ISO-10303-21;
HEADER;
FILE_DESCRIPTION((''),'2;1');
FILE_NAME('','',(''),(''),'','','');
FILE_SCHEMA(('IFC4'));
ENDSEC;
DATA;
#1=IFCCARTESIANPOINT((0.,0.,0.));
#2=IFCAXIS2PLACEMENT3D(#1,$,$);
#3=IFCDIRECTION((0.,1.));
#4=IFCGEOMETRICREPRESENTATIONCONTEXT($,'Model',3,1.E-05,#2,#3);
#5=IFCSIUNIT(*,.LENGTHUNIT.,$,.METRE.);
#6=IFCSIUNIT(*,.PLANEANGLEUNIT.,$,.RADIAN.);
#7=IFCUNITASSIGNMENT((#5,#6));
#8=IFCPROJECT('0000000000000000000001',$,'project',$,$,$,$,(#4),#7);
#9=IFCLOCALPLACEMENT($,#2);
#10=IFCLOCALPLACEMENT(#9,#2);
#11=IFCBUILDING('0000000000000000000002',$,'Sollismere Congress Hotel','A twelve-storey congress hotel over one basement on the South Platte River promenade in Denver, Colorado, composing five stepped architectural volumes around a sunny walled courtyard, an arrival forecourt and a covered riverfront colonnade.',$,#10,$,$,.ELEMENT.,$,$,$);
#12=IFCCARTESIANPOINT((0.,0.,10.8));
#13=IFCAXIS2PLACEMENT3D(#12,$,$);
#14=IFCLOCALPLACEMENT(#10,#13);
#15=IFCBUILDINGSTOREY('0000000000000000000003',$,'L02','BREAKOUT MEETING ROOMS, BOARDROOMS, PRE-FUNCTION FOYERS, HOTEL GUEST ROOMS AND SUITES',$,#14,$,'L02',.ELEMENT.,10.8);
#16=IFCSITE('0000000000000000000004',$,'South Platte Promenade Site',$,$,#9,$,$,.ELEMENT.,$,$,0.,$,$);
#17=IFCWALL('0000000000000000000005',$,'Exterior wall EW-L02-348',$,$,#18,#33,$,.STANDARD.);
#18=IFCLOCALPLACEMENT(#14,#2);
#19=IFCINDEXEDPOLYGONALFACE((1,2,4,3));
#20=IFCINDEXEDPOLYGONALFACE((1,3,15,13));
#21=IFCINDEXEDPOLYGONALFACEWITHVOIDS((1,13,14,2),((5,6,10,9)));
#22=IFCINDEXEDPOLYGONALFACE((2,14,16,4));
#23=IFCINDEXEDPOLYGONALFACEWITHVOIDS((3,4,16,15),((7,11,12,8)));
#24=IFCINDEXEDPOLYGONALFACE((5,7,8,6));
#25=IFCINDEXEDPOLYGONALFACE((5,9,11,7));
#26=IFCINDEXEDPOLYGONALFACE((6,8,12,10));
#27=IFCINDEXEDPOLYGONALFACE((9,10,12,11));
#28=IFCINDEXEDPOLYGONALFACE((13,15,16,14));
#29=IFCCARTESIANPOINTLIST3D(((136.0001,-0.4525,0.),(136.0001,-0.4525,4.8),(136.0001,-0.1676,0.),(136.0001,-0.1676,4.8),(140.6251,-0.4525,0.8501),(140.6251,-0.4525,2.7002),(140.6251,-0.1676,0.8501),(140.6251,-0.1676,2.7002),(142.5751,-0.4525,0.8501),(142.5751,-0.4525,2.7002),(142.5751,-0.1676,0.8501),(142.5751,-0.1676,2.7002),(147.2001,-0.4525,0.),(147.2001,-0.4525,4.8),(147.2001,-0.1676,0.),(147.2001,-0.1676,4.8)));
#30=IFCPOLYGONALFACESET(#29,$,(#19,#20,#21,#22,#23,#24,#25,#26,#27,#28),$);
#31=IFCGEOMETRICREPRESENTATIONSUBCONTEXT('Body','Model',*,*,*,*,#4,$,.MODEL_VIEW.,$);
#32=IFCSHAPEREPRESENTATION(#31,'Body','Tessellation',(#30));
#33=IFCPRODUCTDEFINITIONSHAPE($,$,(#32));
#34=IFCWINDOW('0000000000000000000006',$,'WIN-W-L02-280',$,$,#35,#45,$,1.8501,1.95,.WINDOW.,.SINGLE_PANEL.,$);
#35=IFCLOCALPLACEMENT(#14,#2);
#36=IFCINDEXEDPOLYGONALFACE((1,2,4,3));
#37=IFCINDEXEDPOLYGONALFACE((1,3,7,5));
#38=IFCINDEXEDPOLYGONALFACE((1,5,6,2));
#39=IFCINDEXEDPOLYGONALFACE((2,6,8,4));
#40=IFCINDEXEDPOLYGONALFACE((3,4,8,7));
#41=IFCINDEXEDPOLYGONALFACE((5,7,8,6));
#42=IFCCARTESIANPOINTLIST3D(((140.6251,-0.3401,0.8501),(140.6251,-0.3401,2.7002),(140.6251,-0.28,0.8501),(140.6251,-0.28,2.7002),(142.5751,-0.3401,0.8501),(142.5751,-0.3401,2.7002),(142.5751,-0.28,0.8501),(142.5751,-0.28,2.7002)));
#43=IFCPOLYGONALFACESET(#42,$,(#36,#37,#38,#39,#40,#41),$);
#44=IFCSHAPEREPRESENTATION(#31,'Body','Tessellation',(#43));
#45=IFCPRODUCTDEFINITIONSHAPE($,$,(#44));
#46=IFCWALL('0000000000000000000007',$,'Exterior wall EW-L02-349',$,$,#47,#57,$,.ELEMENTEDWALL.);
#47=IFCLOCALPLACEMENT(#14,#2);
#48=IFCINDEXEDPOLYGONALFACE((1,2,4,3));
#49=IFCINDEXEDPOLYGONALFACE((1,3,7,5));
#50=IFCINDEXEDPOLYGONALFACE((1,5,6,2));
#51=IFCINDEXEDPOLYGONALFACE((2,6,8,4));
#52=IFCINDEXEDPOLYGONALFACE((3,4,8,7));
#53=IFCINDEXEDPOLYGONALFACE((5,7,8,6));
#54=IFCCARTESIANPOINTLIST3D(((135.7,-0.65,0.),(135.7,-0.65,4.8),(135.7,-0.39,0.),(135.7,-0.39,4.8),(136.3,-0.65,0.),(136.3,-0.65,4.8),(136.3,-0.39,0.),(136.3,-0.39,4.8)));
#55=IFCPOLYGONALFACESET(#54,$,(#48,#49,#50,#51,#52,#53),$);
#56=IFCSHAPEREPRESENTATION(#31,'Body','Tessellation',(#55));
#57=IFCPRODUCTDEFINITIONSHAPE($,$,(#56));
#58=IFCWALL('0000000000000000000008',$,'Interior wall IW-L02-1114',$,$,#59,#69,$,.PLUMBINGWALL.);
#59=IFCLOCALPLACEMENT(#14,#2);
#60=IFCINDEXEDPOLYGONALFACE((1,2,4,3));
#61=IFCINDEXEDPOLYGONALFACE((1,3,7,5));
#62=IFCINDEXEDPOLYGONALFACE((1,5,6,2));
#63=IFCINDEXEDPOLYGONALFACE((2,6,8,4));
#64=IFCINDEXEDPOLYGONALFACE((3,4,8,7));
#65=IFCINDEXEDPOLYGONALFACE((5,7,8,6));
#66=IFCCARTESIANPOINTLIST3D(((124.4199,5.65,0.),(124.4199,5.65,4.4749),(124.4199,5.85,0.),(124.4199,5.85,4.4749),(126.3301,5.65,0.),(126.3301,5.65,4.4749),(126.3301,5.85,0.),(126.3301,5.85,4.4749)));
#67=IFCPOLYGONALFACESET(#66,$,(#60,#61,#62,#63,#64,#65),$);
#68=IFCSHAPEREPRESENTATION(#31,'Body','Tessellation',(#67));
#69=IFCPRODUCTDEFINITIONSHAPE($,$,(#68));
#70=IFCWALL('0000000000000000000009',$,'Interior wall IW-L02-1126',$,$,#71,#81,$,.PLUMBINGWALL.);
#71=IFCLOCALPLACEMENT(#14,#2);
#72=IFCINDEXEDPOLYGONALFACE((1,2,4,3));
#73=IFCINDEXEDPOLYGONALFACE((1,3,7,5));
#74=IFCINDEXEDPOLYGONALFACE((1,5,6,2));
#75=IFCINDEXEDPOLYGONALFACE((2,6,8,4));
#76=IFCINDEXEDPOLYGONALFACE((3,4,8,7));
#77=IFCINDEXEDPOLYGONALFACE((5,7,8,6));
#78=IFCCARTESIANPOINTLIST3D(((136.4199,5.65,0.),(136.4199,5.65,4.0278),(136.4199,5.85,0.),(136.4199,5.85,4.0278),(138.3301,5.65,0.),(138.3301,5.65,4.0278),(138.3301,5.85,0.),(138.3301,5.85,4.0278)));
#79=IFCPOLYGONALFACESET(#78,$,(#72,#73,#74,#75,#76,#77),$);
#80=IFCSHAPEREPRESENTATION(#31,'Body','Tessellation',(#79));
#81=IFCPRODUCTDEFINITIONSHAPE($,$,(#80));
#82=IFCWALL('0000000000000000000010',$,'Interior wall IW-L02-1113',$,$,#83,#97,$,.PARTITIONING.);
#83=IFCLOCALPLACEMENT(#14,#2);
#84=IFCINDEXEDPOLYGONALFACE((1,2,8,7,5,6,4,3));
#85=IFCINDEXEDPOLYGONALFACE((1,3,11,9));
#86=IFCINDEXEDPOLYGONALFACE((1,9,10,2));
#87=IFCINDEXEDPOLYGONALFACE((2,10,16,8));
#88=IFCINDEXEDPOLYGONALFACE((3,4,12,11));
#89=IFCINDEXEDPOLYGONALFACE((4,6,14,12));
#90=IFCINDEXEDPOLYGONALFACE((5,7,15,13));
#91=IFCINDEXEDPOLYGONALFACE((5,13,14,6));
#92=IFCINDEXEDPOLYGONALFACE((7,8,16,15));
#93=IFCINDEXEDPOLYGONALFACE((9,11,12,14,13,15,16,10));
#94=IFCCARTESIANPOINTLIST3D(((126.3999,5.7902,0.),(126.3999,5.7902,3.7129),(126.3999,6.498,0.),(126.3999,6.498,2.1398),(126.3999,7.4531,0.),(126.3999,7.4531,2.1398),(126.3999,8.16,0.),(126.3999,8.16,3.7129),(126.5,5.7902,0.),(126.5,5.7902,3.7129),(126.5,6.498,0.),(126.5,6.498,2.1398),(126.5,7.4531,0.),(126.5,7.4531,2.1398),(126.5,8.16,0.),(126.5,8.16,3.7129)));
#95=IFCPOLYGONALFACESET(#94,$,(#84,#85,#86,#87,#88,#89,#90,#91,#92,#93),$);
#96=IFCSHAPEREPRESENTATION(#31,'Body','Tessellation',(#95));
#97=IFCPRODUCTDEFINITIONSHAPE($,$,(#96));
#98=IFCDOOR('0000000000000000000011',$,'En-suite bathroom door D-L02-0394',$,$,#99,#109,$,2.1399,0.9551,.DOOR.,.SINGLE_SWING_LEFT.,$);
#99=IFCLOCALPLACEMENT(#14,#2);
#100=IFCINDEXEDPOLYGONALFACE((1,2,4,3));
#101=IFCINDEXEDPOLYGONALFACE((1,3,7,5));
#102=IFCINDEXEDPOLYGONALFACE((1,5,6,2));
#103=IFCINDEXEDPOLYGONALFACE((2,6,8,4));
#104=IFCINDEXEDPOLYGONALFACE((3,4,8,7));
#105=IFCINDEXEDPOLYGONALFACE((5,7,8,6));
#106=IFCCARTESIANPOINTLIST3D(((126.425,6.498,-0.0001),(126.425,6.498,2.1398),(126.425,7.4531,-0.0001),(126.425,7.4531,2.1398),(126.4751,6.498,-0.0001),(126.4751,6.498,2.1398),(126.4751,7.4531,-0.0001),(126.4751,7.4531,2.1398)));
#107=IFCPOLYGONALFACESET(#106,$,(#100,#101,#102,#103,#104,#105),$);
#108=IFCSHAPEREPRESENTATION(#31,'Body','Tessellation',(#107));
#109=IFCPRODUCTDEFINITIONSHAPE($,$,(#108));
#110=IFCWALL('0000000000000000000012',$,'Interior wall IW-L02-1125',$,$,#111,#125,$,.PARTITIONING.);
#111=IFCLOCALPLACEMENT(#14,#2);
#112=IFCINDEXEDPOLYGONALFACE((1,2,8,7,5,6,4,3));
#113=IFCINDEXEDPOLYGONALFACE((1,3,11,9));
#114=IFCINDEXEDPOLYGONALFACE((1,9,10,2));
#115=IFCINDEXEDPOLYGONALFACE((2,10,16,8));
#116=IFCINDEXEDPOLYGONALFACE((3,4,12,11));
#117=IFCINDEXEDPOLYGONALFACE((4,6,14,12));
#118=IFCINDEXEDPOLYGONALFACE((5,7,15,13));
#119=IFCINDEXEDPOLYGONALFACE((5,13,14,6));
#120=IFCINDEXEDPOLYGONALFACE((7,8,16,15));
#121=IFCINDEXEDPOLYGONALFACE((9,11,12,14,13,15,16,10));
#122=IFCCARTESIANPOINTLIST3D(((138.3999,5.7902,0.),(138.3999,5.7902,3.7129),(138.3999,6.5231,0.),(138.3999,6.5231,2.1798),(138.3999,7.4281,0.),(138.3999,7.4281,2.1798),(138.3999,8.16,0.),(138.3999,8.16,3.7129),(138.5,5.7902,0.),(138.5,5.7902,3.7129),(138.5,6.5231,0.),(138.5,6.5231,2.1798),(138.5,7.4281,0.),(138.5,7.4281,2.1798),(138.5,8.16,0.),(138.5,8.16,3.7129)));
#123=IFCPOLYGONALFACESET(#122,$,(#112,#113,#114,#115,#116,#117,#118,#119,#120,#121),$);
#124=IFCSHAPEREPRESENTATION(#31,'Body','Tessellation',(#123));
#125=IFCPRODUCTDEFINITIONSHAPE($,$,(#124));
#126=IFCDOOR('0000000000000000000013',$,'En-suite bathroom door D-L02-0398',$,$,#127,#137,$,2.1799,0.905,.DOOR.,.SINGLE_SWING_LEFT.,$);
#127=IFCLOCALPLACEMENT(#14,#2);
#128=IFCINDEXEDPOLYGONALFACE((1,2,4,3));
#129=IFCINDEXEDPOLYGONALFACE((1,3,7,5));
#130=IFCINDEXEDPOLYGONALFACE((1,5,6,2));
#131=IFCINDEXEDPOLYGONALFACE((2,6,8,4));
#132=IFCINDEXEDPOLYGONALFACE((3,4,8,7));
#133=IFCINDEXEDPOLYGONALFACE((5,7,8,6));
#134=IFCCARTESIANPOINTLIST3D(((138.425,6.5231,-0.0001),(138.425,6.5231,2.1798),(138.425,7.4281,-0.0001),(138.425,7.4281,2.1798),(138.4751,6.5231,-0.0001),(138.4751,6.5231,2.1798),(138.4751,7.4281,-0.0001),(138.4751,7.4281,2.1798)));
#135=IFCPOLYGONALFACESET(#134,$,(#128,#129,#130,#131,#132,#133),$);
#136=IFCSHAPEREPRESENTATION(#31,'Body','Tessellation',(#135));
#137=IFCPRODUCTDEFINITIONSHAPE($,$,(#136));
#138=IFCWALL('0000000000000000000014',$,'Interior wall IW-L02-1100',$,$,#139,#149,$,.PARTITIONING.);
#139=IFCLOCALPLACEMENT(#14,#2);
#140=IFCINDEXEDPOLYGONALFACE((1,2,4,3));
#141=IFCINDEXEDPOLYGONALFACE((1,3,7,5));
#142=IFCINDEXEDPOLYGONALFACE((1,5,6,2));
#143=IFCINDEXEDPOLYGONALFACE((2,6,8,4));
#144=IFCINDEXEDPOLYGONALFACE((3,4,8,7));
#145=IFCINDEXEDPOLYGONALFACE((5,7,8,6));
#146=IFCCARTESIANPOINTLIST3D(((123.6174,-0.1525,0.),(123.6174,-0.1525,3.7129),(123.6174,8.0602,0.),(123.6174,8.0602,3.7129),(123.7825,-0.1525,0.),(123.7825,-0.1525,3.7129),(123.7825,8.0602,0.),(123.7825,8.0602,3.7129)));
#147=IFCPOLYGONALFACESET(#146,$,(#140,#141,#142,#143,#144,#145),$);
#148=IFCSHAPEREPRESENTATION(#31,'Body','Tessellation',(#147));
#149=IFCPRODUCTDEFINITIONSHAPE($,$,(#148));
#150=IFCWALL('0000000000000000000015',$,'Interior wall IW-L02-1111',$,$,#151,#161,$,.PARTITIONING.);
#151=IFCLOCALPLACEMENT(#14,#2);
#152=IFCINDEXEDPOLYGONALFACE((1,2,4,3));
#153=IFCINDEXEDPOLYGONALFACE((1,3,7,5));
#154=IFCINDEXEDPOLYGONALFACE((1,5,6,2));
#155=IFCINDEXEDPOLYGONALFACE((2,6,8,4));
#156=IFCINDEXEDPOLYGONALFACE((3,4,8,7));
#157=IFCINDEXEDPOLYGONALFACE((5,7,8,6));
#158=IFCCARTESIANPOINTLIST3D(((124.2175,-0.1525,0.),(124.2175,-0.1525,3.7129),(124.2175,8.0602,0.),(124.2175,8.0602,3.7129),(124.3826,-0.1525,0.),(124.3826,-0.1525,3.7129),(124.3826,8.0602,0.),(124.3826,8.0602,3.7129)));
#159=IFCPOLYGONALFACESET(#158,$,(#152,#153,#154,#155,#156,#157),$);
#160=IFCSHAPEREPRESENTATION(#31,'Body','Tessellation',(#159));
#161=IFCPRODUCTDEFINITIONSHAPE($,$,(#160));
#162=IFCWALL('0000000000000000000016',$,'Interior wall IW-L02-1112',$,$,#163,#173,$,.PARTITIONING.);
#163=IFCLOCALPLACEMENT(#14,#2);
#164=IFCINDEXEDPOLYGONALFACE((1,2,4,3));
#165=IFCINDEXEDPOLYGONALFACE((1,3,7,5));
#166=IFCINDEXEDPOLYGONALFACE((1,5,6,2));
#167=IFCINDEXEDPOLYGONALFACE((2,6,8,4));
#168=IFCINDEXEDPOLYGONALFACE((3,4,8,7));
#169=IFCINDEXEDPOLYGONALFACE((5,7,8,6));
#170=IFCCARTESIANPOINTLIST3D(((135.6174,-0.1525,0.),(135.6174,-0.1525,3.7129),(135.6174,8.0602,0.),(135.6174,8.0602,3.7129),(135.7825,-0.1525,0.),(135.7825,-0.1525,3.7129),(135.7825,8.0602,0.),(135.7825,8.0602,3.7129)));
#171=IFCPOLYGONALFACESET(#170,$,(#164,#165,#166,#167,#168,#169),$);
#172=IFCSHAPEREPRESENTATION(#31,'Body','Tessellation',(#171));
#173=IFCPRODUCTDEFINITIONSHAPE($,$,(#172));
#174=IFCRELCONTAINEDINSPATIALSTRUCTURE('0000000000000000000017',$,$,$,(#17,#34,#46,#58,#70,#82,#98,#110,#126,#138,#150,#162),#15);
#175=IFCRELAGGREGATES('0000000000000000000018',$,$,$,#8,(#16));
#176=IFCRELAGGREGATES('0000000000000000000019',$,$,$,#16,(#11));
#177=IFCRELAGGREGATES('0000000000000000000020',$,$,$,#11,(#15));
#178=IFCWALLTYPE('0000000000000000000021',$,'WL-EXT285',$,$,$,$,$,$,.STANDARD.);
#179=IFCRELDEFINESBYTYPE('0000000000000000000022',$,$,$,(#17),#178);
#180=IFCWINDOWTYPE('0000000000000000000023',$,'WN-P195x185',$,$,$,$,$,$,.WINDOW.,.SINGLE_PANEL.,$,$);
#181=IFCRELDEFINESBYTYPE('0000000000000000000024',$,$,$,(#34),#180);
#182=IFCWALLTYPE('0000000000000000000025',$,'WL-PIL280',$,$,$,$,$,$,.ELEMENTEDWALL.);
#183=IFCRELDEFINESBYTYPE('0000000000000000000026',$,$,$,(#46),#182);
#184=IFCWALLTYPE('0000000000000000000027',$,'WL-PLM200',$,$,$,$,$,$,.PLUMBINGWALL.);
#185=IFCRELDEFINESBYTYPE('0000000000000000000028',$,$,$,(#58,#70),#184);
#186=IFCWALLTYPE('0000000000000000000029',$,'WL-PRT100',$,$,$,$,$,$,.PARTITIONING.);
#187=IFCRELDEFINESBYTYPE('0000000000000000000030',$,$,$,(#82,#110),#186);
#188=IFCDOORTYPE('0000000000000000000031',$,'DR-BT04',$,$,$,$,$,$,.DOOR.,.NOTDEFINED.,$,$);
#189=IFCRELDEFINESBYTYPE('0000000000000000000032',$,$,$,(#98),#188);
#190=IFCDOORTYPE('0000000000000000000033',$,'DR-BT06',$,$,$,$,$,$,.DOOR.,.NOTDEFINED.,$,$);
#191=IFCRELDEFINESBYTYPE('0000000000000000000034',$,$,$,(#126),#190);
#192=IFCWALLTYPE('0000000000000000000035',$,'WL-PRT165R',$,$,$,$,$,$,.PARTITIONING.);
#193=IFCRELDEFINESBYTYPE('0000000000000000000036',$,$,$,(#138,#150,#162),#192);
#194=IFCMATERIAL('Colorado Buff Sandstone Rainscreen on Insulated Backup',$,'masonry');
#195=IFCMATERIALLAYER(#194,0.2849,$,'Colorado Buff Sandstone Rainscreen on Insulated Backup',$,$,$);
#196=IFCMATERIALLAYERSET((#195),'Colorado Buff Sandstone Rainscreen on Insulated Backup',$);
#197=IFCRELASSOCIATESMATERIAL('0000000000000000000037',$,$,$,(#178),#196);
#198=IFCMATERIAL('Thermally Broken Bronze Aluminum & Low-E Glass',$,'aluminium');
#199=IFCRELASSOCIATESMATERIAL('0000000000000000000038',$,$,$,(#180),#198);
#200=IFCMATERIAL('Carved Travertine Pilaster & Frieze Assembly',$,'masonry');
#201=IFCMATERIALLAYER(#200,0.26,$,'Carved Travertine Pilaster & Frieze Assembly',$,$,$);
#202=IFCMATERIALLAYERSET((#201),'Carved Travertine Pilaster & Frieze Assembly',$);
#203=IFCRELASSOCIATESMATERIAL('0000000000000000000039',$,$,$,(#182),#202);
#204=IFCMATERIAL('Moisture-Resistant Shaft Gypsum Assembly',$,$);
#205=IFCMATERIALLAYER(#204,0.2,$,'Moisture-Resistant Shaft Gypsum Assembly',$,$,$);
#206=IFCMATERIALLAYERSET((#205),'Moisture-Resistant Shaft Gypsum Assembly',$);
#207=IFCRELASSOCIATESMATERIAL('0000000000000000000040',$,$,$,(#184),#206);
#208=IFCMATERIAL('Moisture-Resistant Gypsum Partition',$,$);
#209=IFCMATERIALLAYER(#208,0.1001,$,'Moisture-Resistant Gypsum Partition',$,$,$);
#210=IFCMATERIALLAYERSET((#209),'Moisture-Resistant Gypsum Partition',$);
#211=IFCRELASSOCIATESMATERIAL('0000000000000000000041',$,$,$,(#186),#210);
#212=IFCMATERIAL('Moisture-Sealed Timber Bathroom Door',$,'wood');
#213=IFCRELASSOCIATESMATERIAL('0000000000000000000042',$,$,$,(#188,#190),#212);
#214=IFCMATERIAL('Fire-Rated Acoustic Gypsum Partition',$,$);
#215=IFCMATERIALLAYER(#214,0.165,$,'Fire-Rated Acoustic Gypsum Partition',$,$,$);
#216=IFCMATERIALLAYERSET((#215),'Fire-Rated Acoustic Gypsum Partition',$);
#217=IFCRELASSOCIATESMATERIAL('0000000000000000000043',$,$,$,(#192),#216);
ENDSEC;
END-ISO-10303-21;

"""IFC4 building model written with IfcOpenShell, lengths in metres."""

from ifc_helpers import new_model, si_unit, direction, frame, frame_2d, origin, place, context, subcontext, project, spatial, rectangle, extrude, material, layer, layer_set, type_object, element, fill, save


model = new_model("IFC4")

# Units and contexts
model_context = context("Model", 3, precision=1e-05, world=origin(), true_north=direction((0.0, 1.0)))
body_context = subcontext(model_context, "Body", "Model", "MODEL_VIEW")
ifc_project = project(units=[si_unit("LENGTHUNIT", "METRE"), si_unit("PLANEANGLEUNIT", "RADIAN")], contexts=[model_context])

# Site, building, storey
site_placement = place(None, origin())
site = spatial("IfcSite", under=ifc_project, at=site_placement, Name="South Platte Promenade Site", CompositionType="ELEMENT", RefElevation=0.0)
building_placement = place(site_placement, origin())
building = spatial("IfcBuilding", under=site, at=building_placement, Name="Sollismere Congress Hotel", Description="A twelve-storey congress hotel over one basement on the South Platte River promenade in Denver, Colorado, composing five stepped architectural volumes around a sunny walled courtyard, an arrival forecourt and a covered riverfront colonnade.", CompositionType="ELEMENT")
storey_placement = place(building_placement, frame((0.0, 0.0, 10.8)))
storey = spatial("IfcBuildingStorey", under=building, at=storey_placement, Name="L02", Description="BREAKOUT MEETING ROOMS, BOARDROOMS, PRE-FUNCTION FOYERS, HOTEL GUEST ROOMS AND SUITES", LongName="L02", CompositionType="ELEMENT", Elevation=10.8)

# Wall, opening, window
ifc_material_1 = material(Name="Colorado Buff Sandstone Rainscreen on Insulated Backup", Category="masonry")
ifc_layer_1 = layer(ifc_material_1, 0.2849, Name="Colorado Buff Sandstone Rainscreen on Insulated Backup")
ifc_layer_set_1 = layer_set([ifc_layer_1], Name="Colorado Buff Sandstone Rainscreen on Insulated Backup")
wall_type_1 = type_object("IfcWallType", Name="WL-EXT285", PredefinedType="STANDARD", material=ifc_layer_set_1)
ifc_material_2 = material(Name="Thermally Broken Bronze Aluminum & Low-E Glass", Category="aluminium")
wall_1_placement = place(storey_placement, frame((136.0, -0.3101, 0.0), z_axis=(0.0, 0.0, 1.0), x_axis=(1.0, 0.0, 0.0)))
wall_1 = element("IfcWall", 1, at=wall_1_placement, inside=storey, type_object=wall_type_1, Name="Exterior wall EW-L02-348", PredefinedType="STANDARD", context=body_context, shape_type="SweptSolid", body=[
    extrude(rectangle(XDim=11.2, YDim=0.2849, at=frame_2d((5.6001, 0.0))), origin(), (0.0, 0.0, 1.0), 4.8),
])
opening_1_placement = place(wall_1_placement, frame((4.625, 0.0, 0.8501)))
opening_1 = element("IfcOpeningElement", 2, at=opening_1_placement, cuts=wall_1, PredefinedType="OPENING", context=body_context, shape_type="SweptSolid", body=[
    extrude(rectangle(XDim=1.95, YDim=1.8501, at=frame_2d((0.9751, 0.925))), frame((0.0, 0.1523, 0.0), z_axis=(0.0, -1.0, 0.0), x_axis=(1.0, 0.0, 0.0)), (0.0, 0.0, 1.0), 0.3049),
])
window_type_1 = type_object("IfcWindowType", Name="WN-P195x185", PartitioningType="SINGLE_PANEL", PredefinedType="WINDOW", material=ifc_material_2)
window_1_placement = place(opening_1_placement, origin())
window_1 = element("IfcWindow", 3, at=window_1_placement, inside=storey, type_object=window_type_1, Name="WIN-W-L02-280", OverallHeight=1.8501, OverallWidth=1.95, PartitioningType="SINGLE_PANEL", PredefinedType="WINDOW", context=body_context, shape_type="SweptSolid", body=[
    extrude(rectangle(XDim=1.95, YDim=1.8501, at=frame_2d((0.9751, 0.925))), frame((0.0, 0.03, 0.0), z_axis=(0.0, -1.0, 0.0), x_axis=(1.0, 0.0, 0.0)), (0.0, 0.0, 1.0), 0.0601),
])
fill(opening_1, window_1)

# Walls
ifc_material_3 = material(Name="Carved Travertine Pilaster & Frieze Assembly", Category="masonry")
ifc_layer_2 = layer(ifc_material_3, 0.26, Name="Carved Travertine Pilaster & Frieze Assembly")
ifc_layer_set_2 = layer_set([ifc_layer_2], Name="Carved Travertine Pilaster & Frieze Assembly")
wall_type_2 = type_object("IfcWallType", Name="WL-PIL280", PredefinedType="ELEMENTEDWALL", material=ifc_layer_set_2)
wall_2_placement = place(storey_placement, frame((135.7, -0.52, 0.0), z_axis=(0.0, 0.0, 1.0), x_axis=(1.0, 0.0, 0.0)))
element("IfcWall", 4, at=wall_2_placement, inside=storey, type_object=wall_type_2, Name="Exterior wall EW-L02-349", PredefinedType="ELEMENTEDWALL", context=body_context, shape_type="SweptSolid", body=[
    extrude(rectangle(XDim=0.6001, YDim=0.26, at=frame_2d((0.3, 0.0))), origin(), (0.0, 0.0, 1.0), 4.8),
])
ifc_material_4 = material(Name="Moisture-Resistant Shaft Gypsum Assembly")
ifc_layer_3 = layer(ifc_material_4, 0.2, Name="Moisture-Resistant Shaft Gypsum Assembly")
ifc_layer_set_3 = layer_set([ifc_layer_3], Name="Moisture-Resistant Shaft Gypsum Assembly")
wall_type_3 = type_object("IfcWallType", Name="WL-PLM200", PredefinedType="PLUMBINGWALL", material=ifc_layer_set_3)
wall_3_placement = place(storey_placement, frame((124.4199, 5.75, 0.0), z_axis=(0.0, 0.0, 1.0), x_axis=(1.0, 0.0, 0.0)))
element("IfcWall", 5, at=wall_3_placement, inside=storey, type_object=wall_type_3, Name="Interior wall IW-L02-1114", PredefinedType="PLUMBINGWALL", context=body_context, shape_type="SweptSolid", body=[
    extrude(rectangle(XDim=1.9102, YDim=0.2, at=frame_2d((0.9551, 0.0))), origin(), (0.0, 0.0, 1.0), 4.4749),
])
wall_4_placement = place(storey_placement, frame((136.4199, 5.75, 0.0), z_axis=(0.0, 0.0, 1.0), x_axis=(1.0, 0.0, 0.0)))
element("IfcWall", 6, at=wall_4_placement, inside=storey, type_object=wall_type_3, Name="Interior wall IW-L02-1126", PredefinedType="PLUMBINGWALL", context=body_context, shape_type="SweptSolid", body=[
    extrude(rectangle(XDim=1.9102, YDim=0.2, at=frame_2d((0.9551, 0.0))), origin(), (0.0, 0.0, 1.0), 4.0278),
])

# Walls, openings, doors
ifc_material_5 = material(Name="Moisture-Resistant Gypsum Partition")
ifc_layer_4 = layer(ifc_material_5, 0.1001, Name="Moisture-Resistant Gypsum Partition")
ifc_layer_set_4 = layer_set([ifc_layer_4], Name="Moisture-Resistant Gypsum Partition")
wall_type_4 = type_object("IfcWallType", Name="WL-PRT100", PredefinedType="PARTITIONING", material=ifc_layer_set_4)
wall_5_placement = place(storey_placement, frame((126.45, 5.79, 0.0), z_axis=(0.0, 0.0, 1.0), x_axis=(0.0, 1.0, 0.0)))
wall_5 = element("IfcWall", 7, at=wall_5_placement, inside=storey, type_object=wall_type_4, Name="Interior wall IW-L02-1113", PredefinedType="PARTITIONING", context=body_context, shape_type="SweptSolid", body=[
    extrude(rectangle(XDim=2.3699, YDim=0.1001, at=frame_2d((1.1851, 0.0))), origin(), (0.0, 0.0, 1.0), 3.7129),
])
opening_2_placement = place(wall_5_placement, frame((0.708, 0.0, 0.0)))
opening_2 = element("IfcOpeningElement", 8, at=opening_2_placement, cuts=wall_5, PredefinedType="OPENING", context=body_context, shape_type="SweptSolid", body=[
    extrude(rectangle(XDim=0.9551, YDim=2.1399, at=frame_2d((0.4775, 1.0698))), frame((0.0, 0.0601, 0.0), z_axis=(0.0, -1.0, 0.0), x_axis=(1.0, 0.0, 0.0)), (0.0, 0.0, 1.0), 0.1201),
])
ifc_material_6 = material(Name="Moisture-Sealed Timber Bathroom Door", Category="wood")
door_type_1 = type_object("IfcDoorType", Name="DR-BT04", OperationType="NOTDEFINED", PredefinedType="DOOR", material=ifc_material_6)
door_1_placement = place(opening_2_placement, origin())
door_1 = element("IfcDoor", 9, at=door_1_placement, inside=storey, type_object=door_type_1, Name="En-suite bathroom door D-L02-0394", OperationType="SINGLE_SWING_LEFT", OverallHeight=2.1399, OverallWidth=0.9551, PredefinedType="DOOR", context=body_context, shape_type="SweptSolid", body=[
    extrude(rectangle(XDim=0.9551, YDim=2.1399, at=frame_2d((0.4775, 1.0698))), frame((0.0, 0.0249, 0.0), z_axis=(0.0, -1.0, 0.0), x_axis=(1.0, 0.0, 0.0)), (0.0, 0.0, 1.0), 0.05),
])
fill(opening_2, door_1)
wall_6_placement = place(storey_placement, frame((138.45, 5.79, 0.0), z_axis=(0.0, 0.0, 1.0), x_axis=(0.0, 1.0, 0.0)))
wall_6 = element("IfcWall", 10, at=wall_6_placement, inside=storey, type_object=wall_type_4, Name="Interior wall IW-L02-1125", PredefinedType="PARTITIONING", context=body_context, shape_type="SweptSolid", body=[
    extrude(rectangle(XDim=2.3699, YDim=0.1001, at=frame_2d((1.1851, 0.0))), origin(), (0.0, 0.0, 1.0), 3.7129),
])
opening_3_placement = place(wall_6_placement, frame((0.7329, 0.0, 0.0)))
opening_3 = element("IfcOpeningElement", 11, at=opening_3_placement, cuts=wall_6, PredefinedType="OPENING", context=body_context, shape_type="SweptSolid", body=[
    extrude(rectangle(XDim=0.905, YDim=2.1799, at=frame_2d((0.4526, 1.0898))), frame((0.0, 0.0601, 0.0), z_axis=(0.0, -1.0, 0.0), x_axis=(1.0, 0.0, 0.0)), (0.0, 0.0, 1.0), 0.1201),
])
door_type_2 = type_object("IfcDoorType", Name="DR-BT06", OperationType="NOTDEFINED", PredefinedType="DOOR", material=ifc_material_6)
door_2_placement = place(opening_3_placement, origin())
door_2 = element("IfcDoor", 12, at=door_2_placement, inside=storey, type_object=door_type_2, Name="En-suite bathroom door D-L02-0398", OperationType="SINGLE_SWING_LEFT", OverallHeight=2.1799, OverallWidth=0.905, PredefinedType="DOOR", context=body_context, shape_type="SweptSolid", body=[
    extrude(rectangle(XDim=0.905, YDim=2.1799, at=frame_2d((0.4526, 1.0898))), frame((0.0, 0.0249, 0.0), z_axis=(0.0, -1.0, 0.0), x_axis=(1.0, 0.0, 0.0)), (0.0, 0.0, 1.0), 0.05),
])
fill(opening_3, door_2)

# Walls
ifc_material_7 = material(Name="Fire-Rated Acoustic Gypsum Partition")
ifc_layer_5 = layer(ifc_material_7, 0.165, Name="Fire-Rated Acoustic Gypsum Partition")
ifc_layer_set_5 = layer_set([ifc_layer_5], Name="Fire-Rated Acoustic Gypsum Partition")
wall_type_5 = type_object("IfcWallType", Name="WL-PRT165R", PredefinedType="PARTITIONING", material=ifc_layer_set_5)
for number, where, z_axis, x_axis, name in (
    (13, (123.7, -0.1526, 0.0), (0.0, 0.0, 1.0), (0.0, 1.0, 0.0), "Interior wall IW-L02-1100"),
    (14, (124.3, -0.1526, 0.0), (0.0, 0.0, 1.0), (0.0, 1.0, 0.0), "Interior wall IW-L02-1111"),
    (15, (135.7, -0.1526, 0.0), (0.0, 0.0, 1.0), (0.0, 1.0, 0.0), "Interior wall IW-L02-1112"),
):
    element("IfcWall", number, at=place(storey_placement, frame(where, z_axis=z_axis, x_axis=x_axis)), inside=storey, type_object=wall_type_5, Name=name, PredefinedType="PARTITIONING", context=body_context, shape_type="SweptSolid", body=[
        extrude(rectangle(XDim=8.2126, YDim=0.165, at=frame_2d((4.1064, 0.0))), origin(), (0.0, 0.0, 1.0), 3.7129),
    ])

save(model, "model.ifc")
